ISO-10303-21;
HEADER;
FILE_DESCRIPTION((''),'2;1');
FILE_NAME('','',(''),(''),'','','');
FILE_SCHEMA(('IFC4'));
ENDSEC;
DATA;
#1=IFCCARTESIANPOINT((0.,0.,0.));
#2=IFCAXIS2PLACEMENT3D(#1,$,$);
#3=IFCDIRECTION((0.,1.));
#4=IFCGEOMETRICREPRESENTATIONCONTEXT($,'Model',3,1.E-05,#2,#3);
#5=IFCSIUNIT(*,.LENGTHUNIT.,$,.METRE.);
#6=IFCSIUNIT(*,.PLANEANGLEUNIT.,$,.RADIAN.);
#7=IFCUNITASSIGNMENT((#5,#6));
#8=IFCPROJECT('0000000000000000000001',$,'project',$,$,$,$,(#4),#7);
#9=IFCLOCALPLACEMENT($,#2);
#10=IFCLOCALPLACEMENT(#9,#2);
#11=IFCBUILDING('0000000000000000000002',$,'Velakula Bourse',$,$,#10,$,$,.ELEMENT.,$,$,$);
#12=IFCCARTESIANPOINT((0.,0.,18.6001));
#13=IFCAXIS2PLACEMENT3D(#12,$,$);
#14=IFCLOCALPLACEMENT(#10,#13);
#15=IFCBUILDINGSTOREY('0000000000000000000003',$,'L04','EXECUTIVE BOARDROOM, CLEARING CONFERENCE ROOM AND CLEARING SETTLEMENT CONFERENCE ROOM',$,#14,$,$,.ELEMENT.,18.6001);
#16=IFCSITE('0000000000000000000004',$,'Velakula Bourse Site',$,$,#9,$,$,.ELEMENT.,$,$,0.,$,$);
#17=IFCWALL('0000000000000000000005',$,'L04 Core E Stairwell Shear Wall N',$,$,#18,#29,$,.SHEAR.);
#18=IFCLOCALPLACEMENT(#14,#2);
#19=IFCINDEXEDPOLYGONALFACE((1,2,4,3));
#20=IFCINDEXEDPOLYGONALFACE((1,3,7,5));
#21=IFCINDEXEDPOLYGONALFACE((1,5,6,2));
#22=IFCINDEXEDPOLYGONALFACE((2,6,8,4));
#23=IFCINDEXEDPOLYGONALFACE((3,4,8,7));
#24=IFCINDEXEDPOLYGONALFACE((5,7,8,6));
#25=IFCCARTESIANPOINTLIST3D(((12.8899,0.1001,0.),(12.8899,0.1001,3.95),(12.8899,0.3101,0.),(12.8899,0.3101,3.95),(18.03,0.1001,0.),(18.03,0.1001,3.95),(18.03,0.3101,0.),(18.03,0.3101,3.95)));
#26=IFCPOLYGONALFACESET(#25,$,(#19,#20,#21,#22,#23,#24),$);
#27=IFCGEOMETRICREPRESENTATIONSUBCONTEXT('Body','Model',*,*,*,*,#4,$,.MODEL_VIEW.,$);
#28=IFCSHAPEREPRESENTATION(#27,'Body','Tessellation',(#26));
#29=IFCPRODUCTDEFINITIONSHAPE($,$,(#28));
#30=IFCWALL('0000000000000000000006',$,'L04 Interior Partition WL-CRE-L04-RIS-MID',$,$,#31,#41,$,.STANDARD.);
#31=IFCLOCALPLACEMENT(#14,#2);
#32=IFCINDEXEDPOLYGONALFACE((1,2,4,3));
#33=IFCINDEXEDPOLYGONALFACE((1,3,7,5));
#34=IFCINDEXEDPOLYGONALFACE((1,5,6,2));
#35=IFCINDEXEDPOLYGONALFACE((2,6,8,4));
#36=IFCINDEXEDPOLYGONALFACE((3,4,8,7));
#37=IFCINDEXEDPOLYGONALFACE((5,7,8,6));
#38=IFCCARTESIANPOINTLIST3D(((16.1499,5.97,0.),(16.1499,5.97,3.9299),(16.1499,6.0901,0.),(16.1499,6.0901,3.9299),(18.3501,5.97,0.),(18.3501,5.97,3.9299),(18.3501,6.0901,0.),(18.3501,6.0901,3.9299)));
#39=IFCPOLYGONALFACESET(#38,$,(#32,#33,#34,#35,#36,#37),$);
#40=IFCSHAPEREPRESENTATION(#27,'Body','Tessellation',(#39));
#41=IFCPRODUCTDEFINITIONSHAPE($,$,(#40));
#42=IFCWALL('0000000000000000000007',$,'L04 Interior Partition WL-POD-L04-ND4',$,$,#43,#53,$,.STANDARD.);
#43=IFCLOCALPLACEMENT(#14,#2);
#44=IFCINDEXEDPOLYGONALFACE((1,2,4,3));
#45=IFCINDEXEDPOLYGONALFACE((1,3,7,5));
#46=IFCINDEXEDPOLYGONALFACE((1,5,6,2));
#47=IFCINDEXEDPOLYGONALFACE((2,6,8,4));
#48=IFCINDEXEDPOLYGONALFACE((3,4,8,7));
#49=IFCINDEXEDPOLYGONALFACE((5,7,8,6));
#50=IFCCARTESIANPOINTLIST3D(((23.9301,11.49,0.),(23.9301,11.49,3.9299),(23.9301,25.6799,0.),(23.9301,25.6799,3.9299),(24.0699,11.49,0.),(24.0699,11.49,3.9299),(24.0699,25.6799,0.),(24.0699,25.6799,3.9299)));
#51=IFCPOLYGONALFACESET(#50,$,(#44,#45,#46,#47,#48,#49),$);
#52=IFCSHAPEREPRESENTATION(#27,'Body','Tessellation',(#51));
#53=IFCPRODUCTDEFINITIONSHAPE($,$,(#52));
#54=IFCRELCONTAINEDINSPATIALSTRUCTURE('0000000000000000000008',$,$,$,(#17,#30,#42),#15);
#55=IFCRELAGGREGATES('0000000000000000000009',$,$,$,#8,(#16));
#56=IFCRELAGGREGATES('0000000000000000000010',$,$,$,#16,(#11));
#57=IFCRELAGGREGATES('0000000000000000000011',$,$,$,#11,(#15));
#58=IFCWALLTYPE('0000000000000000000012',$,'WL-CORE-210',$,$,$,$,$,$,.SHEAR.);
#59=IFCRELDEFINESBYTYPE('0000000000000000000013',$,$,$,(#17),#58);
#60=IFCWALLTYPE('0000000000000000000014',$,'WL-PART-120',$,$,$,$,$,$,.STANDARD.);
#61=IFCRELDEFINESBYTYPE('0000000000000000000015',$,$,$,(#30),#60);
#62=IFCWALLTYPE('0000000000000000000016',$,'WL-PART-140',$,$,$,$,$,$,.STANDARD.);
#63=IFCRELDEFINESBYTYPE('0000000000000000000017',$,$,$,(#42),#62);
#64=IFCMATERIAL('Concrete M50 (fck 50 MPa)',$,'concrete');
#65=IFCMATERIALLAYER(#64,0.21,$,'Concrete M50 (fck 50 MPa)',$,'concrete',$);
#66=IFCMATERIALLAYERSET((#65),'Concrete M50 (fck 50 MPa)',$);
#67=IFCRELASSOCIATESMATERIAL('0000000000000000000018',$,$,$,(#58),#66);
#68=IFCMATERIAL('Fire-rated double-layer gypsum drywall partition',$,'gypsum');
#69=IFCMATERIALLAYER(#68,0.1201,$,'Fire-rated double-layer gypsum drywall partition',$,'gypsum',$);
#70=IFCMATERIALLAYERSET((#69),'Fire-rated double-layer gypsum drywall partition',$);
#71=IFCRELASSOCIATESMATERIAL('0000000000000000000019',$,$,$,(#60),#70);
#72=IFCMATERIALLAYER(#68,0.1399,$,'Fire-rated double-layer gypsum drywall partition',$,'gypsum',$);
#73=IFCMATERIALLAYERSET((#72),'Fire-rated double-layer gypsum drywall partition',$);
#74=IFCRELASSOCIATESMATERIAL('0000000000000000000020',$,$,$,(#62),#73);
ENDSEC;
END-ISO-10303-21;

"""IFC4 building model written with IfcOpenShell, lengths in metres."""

from ifc_helpers import new_model, si_unit, direction, frame, frame_2d, origin, place, context, subcontext, project, spatial, rectangle, extrude, material, layer, layer_set, type_object, element, save


model = new_model("IFC4")

# Units and contexts
model_context = context("Model", 3, precision=1e-05, world=origin(), true_north=direction((0.0, 1.0)))
body_context = subcontext(model_context, "Body", "Model", "MODEL_VIEW")
ifc_project = project(units=[si_unit("LENGTHUNIT", "METRE"), si_unit("PLANEANGLEUNIT", "RADIAN")], contexts=[model_context])

# Site, building, storey
site_placement = place(None, origin())
site = spatial("IfcSite", under=ifc_project, at=site_placement, Name="Velakula Bourse Site", CompositionType="ELEMENT", RefElevation=0.0)
building_placement = place(site_placement, origin())
building = spatial("IfcBuilding", under=site, at=building_placement, Name="Velakula Bourse", CompositionType="ELEMENT")
storey_placement = place(building_placement, frame((0.0, 0.0, 18.6001)))
storey = spatial("IfcBuildingStorey", under=building, at=storey_placement, Name="L04", Description="EXECUTIVE BOARDROOM, CLEARING CONFERENCE ROOM AND CLEARING SETTLEMENT CONFERENCE ROOM", CompositionType="ELEMENT", Elevation=18.6001)

# Walls
ifc_material_1 = material(Name="Concrete M50 (fck 50 MPa)", Category="concrete")
ifc_layer_1 = layer(ifc_material_1, 0.21, Name="Concrete M50 (fck 50 MPa)", Category="concrete")
ifc_layer_set_1 = layer_set([ifc_layer_1], Name="Concrete M50 (fck 50 MPa)")
wall_type_1 = type_object("IfcWallType", Name="WL-CORE-210", PredefinedType="SHEAR", material=ifc_layer_set_1)
wall_1_placement = place(storey_placement, frame((18.03, 0.2051, 0.0), z_axis=(0.0, 0.0, 1.0), x_axis=(-1.0, 0.0, 0.0)))
element("IfcWall", 1, at=wall_1_placement, inside=storey, type_object=wall_type_1, Name="L04 Core E Stairwell Shear Wall N", PredefinedType="SHEAR", context=body_context, shape_type="SweptSolid", body=[
    extrude(rectangle(XDim=5.1401, YDim=0.21, at=frame_2d((2.5701, 0.0))), origin(), (0.0, 0.0, 1.0), 3.95),
])
ifc_material_2 = material(Name="Fire-rated double-layer gypsum drywall partition", Category="gypsum")
ifc_layer_2 = layer(ifc_material_2, 0.1201, Name="Fire-rated double-layer gypsum drywall partition", Category="gypsum")
ifc_layer_set_2 = layer_set([ifc_layer_2], Name="Fire-rated double-layer gypsum drywall partition")
wall_type_2 = type_object("IfcWallType", Name="WL-PART-120", PredefinedType="STANDARD", material=ifc_layer_set_2)
wall_2_placement = place(storey_placement, frame((16.1499, 6.03, 0.0), z_axis=(0.0, 0.0, 1.0), x_axis=(1.0, 0.0, 0.0)))
element("IfcWall", 2, at=wall_2_placement, inside=storey, type_object=wall_type_2, Name="L04 Interior Partition WL-CRE-L04-RIS-MID", PredefinedType="STANDARD", context=body_context, shape_type="SweptSolid", body=[
    extrude(rectangle(XDim=2.2002, YDim=0.1201, at=frame_2d((1.1001, 0.0))), origin(), (0.0, 0.0, 1.0), 3.9299),
])
ifc_layer_3 = layer(ifc_material_2, 0.1399, Name="Fire-rated double-layer gypsum drywall partition", Category="gypsum")
ifc_layer_set_3 = layer_set([ifc_layer_3], Name="Fire-rated double-layer gypsum drywall partition")
wall_type_3 = type_object("IfcWallType", Name="WL-PART-140", PredefinedType="STANDARD", material=ifc_layer_set_3)
wall_3_placement = place(storey_placement, frame((24.0, 11.49, 0.0), z_axis=(0.0, 0.0, 1.0), x_axis=(0.0, 1.0, 0.0)))
element("IfcWall", 3, at=wall_3_placement, inside=storey, type_object=wall_type_3, Name="L04 Interior Partition WL-POD-L04-ND4", PredefinedType="STANDARD", context=body_context, shape_type="SweptSolid", body=[
    extrude(rectangle(XDim=14.1899, YDim=0.1399, at=frame_2d((7.095, 0.0))), origin(), (0.0, 0.0, 1.0), 3.9299),
])

save(model, "model.ifc")
